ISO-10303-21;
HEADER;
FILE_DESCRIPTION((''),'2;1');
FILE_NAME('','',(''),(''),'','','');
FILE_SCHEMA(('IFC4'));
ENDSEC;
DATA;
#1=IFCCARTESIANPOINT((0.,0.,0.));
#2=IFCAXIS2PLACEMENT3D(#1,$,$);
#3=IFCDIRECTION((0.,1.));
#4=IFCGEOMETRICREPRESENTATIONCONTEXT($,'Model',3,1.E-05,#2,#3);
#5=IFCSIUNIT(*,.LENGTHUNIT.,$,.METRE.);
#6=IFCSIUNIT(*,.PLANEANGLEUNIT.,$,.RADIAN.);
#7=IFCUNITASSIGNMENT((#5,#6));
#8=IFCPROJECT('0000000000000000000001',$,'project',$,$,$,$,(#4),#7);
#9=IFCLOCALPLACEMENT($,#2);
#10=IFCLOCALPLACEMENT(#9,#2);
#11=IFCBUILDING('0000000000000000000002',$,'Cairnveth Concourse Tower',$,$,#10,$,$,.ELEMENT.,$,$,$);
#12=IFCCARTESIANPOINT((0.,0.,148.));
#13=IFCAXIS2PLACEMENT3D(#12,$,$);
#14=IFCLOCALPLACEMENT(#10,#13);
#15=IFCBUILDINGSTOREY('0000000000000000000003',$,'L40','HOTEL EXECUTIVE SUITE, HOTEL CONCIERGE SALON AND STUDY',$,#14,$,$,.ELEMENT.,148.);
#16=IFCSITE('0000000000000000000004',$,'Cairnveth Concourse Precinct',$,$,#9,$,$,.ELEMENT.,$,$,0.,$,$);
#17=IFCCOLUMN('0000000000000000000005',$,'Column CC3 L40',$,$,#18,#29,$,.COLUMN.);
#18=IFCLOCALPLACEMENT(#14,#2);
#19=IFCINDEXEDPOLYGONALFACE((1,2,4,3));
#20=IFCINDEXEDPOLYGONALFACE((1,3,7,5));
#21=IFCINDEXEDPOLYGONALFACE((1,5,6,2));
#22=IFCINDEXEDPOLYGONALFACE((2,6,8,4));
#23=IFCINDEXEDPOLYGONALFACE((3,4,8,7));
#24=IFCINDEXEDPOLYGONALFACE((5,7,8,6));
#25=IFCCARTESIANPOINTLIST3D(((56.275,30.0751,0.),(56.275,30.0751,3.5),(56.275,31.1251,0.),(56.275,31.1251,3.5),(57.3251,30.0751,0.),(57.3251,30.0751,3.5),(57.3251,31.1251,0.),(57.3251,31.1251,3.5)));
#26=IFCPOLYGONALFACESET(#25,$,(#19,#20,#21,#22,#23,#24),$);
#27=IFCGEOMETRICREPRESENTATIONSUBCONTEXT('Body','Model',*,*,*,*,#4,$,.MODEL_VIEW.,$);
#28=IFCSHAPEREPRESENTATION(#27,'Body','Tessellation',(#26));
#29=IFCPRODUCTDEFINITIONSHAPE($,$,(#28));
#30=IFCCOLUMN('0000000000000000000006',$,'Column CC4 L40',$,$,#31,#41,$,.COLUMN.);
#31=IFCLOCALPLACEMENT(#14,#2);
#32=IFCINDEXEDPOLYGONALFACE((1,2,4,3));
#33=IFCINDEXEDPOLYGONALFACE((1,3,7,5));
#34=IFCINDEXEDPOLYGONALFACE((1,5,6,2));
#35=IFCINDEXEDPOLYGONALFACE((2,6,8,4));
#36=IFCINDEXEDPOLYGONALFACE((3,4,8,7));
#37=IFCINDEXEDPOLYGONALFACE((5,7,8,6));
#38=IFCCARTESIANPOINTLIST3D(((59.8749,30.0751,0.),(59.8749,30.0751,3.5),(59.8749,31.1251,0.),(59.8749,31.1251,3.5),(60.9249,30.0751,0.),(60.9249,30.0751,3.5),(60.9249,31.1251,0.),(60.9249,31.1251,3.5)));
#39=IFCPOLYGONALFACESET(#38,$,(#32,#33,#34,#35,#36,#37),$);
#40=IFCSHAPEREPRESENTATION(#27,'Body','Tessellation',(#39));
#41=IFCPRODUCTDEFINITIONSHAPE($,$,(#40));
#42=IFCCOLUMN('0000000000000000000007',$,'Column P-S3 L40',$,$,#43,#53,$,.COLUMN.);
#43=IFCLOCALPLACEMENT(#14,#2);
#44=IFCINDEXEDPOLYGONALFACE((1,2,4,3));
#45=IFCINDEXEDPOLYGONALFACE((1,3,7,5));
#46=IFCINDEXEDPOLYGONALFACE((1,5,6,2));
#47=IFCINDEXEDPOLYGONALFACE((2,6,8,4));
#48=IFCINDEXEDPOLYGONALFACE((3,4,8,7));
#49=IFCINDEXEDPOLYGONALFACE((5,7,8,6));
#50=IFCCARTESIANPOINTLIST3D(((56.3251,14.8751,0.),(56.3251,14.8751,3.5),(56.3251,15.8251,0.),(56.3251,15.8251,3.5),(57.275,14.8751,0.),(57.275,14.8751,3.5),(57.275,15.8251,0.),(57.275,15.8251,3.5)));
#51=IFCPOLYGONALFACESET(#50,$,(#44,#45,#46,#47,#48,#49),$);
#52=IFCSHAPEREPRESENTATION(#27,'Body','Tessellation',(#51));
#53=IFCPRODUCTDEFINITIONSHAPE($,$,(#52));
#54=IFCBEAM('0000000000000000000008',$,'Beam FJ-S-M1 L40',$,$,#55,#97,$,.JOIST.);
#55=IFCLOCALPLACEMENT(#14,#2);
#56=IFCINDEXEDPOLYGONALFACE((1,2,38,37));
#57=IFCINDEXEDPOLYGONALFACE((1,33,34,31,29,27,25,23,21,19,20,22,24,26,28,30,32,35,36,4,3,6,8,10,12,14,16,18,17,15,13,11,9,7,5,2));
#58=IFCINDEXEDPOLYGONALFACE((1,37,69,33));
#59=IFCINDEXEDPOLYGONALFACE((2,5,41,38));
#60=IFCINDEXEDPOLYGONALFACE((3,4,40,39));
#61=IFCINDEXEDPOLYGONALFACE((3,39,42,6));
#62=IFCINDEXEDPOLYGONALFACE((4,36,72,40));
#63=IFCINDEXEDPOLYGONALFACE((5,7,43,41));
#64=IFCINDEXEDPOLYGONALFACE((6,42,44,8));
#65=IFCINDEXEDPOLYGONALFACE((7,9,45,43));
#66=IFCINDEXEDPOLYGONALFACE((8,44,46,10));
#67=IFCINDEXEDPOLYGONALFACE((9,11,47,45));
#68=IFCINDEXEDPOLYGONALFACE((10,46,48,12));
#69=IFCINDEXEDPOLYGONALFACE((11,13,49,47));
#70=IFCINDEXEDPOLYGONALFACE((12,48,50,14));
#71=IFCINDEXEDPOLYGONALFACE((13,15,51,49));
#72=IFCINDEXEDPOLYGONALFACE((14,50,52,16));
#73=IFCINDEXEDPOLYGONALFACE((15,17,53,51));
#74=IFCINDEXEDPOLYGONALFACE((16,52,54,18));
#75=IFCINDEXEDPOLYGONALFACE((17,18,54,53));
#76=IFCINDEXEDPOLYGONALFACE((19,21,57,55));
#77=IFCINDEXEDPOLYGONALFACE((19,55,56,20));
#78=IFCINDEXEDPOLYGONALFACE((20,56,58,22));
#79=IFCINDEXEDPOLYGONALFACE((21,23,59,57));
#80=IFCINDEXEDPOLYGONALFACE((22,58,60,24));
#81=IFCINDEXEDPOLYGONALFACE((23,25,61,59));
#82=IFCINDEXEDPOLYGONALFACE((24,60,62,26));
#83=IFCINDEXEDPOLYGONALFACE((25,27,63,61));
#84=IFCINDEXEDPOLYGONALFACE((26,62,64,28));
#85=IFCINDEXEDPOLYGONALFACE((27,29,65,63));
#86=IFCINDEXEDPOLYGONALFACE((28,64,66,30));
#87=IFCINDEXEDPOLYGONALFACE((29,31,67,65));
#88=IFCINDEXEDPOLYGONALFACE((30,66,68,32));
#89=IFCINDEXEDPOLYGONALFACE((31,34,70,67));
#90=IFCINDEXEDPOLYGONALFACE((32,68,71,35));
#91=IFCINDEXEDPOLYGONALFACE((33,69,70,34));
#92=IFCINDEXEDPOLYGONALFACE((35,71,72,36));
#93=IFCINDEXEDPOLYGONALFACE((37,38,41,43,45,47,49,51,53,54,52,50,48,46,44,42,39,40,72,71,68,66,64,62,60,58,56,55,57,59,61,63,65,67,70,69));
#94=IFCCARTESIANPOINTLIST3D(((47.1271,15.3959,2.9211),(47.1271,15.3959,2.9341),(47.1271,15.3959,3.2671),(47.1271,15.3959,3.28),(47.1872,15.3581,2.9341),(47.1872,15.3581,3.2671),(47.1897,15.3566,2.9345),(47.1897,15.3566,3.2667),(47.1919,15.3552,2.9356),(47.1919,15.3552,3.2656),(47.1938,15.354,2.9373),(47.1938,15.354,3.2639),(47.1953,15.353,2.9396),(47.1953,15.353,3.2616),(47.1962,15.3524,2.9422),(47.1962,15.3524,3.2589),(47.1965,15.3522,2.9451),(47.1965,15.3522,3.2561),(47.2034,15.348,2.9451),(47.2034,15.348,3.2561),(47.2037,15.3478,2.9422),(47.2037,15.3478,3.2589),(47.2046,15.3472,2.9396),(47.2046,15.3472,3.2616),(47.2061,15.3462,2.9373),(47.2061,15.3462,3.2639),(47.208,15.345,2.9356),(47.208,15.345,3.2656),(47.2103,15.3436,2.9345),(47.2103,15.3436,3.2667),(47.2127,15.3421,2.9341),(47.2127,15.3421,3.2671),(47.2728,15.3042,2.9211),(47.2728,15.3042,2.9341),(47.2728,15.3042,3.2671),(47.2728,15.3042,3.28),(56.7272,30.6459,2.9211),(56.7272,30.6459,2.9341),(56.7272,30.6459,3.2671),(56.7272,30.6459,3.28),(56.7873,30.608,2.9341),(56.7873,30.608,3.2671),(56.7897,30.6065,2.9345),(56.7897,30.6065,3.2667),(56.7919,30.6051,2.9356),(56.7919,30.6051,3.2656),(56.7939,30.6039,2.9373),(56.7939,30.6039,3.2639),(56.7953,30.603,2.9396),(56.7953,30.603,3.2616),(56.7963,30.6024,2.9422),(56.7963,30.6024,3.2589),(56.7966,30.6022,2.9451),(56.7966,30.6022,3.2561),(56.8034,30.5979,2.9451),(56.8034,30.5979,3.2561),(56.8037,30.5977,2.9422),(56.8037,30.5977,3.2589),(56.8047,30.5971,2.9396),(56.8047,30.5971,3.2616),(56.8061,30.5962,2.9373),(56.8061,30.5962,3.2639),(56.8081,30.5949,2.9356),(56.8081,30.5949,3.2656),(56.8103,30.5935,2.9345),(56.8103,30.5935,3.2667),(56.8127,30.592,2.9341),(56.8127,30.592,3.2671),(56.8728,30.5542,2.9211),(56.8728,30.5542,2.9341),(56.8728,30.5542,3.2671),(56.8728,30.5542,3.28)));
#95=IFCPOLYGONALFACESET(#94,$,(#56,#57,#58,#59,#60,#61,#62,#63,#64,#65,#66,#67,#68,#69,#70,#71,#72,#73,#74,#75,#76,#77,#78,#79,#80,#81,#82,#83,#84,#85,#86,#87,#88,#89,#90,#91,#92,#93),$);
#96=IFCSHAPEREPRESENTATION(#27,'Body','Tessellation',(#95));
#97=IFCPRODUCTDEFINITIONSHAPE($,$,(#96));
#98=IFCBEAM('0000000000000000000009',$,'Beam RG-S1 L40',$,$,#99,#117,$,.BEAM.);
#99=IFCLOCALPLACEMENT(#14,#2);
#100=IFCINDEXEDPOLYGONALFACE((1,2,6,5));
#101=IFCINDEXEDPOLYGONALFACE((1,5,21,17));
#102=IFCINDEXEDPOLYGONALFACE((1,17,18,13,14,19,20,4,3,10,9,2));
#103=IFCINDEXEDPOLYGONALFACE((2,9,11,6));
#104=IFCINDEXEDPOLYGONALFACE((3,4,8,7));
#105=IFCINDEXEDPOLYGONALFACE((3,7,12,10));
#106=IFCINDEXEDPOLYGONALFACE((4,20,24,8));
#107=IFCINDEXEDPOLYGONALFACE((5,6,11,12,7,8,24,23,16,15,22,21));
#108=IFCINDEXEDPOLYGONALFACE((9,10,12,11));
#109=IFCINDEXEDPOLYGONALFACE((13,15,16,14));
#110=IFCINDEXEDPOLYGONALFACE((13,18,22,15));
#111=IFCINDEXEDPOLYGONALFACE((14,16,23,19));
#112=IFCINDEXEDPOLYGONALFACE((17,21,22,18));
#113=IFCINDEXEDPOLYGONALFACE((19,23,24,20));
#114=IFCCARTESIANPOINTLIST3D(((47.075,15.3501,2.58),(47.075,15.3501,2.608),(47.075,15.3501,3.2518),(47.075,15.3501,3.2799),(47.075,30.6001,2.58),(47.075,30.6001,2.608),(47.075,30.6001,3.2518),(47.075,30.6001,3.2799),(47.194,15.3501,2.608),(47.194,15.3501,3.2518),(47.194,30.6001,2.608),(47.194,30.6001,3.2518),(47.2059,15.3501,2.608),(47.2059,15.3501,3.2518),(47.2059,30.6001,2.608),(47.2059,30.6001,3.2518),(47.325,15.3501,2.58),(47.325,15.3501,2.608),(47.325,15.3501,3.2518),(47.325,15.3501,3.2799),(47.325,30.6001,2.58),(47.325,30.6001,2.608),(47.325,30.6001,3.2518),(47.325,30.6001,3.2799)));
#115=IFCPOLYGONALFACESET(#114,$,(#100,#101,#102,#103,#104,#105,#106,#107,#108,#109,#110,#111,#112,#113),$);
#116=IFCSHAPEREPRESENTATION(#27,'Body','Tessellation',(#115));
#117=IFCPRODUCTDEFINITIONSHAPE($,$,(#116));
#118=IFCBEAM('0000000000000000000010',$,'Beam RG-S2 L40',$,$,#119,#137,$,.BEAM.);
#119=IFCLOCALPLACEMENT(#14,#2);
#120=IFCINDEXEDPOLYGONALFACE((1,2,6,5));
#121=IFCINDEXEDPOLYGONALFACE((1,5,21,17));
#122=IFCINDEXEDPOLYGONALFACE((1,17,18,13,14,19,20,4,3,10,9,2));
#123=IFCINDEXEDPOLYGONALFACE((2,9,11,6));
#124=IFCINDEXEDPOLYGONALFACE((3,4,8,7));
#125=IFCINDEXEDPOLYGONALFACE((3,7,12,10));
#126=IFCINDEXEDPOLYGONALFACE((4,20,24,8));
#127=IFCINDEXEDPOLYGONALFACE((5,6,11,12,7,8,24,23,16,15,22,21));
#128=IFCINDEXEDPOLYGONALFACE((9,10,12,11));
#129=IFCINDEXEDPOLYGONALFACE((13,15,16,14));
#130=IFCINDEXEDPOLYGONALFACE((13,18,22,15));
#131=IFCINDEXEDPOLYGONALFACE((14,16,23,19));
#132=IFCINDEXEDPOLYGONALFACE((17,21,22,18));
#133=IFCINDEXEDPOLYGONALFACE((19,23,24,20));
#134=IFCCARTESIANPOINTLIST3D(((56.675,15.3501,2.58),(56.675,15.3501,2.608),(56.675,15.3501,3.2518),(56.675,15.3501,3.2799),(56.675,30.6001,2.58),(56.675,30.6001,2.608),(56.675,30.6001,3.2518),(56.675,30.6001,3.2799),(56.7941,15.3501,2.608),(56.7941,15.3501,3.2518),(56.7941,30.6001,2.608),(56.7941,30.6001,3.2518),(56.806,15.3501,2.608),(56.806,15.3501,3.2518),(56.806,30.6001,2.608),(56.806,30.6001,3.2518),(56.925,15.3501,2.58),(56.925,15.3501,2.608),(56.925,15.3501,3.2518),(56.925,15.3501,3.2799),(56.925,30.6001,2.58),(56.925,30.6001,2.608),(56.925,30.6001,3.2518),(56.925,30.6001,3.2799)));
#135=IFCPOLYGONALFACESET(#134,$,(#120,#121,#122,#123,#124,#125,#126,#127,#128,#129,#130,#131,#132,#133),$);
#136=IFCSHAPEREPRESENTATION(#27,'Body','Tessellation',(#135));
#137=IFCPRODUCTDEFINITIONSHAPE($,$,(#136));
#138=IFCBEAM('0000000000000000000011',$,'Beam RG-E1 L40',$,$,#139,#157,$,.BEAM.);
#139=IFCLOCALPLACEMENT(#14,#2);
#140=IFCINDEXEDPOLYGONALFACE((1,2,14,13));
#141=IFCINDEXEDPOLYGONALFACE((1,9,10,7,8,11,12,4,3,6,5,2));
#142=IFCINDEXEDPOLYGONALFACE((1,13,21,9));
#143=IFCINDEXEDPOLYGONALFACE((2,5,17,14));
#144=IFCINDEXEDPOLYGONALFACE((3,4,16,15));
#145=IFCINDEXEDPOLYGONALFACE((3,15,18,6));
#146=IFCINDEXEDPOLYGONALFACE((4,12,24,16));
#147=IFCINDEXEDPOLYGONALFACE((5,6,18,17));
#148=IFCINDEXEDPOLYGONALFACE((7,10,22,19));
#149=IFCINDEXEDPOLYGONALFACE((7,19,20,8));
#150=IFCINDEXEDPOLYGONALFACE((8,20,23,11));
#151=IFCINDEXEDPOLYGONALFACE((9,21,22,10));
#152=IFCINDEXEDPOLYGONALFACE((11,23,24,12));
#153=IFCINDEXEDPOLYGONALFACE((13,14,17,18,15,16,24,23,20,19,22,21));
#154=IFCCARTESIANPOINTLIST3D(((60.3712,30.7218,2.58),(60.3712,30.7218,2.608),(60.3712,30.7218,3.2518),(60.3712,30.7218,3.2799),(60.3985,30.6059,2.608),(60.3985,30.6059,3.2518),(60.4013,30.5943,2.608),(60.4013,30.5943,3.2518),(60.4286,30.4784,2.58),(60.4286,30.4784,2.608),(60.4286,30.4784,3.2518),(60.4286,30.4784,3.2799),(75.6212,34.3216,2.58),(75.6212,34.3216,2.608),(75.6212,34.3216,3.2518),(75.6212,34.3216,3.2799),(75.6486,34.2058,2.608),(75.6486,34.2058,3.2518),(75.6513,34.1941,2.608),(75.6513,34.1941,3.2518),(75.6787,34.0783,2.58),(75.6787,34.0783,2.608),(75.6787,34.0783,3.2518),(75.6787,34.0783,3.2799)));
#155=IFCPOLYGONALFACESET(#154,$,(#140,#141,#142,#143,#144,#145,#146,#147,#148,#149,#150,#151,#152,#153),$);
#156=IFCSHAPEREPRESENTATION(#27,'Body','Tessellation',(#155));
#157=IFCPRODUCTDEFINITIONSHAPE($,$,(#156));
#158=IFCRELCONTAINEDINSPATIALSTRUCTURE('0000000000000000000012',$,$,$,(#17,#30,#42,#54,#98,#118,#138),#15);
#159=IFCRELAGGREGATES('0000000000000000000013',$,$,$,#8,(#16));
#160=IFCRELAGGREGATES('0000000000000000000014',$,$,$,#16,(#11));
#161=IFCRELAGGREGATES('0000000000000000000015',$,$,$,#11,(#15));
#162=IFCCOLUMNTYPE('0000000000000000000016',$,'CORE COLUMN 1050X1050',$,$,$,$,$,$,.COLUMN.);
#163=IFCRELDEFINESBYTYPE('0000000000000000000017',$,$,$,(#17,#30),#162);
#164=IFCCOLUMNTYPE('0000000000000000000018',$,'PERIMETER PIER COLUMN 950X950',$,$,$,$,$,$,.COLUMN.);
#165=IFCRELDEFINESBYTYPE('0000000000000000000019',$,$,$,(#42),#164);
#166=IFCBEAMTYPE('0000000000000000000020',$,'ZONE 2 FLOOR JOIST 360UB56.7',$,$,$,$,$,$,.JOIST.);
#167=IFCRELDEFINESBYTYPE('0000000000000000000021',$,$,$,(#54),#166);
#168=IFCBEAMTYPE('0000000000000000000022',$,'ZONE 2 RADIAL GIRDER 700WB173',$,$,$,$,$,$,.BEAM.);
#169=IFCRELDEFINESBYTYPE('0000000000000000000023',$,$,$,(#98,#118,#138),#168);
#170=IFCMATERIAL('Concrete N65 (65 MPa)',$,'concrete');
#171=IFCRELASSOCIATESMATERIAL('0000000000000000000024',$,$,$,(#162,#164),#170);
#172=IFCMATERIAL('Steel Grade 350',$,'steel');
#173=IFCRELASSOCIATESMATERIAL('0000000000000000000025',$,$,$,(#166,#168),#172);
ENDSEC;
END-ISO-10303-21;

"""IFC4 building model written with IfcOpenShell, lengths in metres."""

from ifc_helpers import new_model, si_unit, direction, frame, origin, origin_2d, place, context, subcontext, project, spatial, rectangle, i_section, extrude, material, material_profile, profile_set, type_object, element, save


model = new_model("IFC4")

# Units and contexts
model_context = context("Model", 3, precision=1e-05, world=origin(), true_north=direction((0.0, 1.0)))
body_context = subcontext(model_context, "Body", "Model", "MODEL_VIEW")
ifc_project = project(units=[si_unit("LENGTHUNIT", "METRE"), si_unit("PLANEANGLEUNIT", "RADIAN")], contexts=[model_context])

# Site, building, storey
site_placement = place(None, origin())
site = spatial("IfcSite", under=ifc_project, at=site_placement, Name="Cairnveth Concourse Precinct", CompositionType="ELEMENT", RefElevation=0.0)
building_placement = place(site_placement, origin())
building = spatial("IfcBuilding", under=site, at=building_placement, Name="Cairnveth Concourse Tower", CompositionType="ELEMENT")
storey_placement = place(building_placement, frame((0.0, 0.0, 148.0)))
storey = spatial("IfcBuildingStorey", under=building, at=storey_placement, Name="L40", Description="HOTEL EXECUTIVE SUITE, HOTEL CONCIERGE SALON AND STUDY", CompositionType="ELEMENT", Elevation=148.0)

# Columns
ifc_material_1 = material(Name="Concrete N65 (65 MPa)", Category="concrete")
ifc_material_profile_1 = material_profile(ifc_material_1, rectangle(XDim=1.05, YDim=1.05, at=origin_2d()), Name="RC-COL-1050x1050")
ifc_profile_set_1 = profile_set([ifc_material_profile_1], Name="Concrete N65 (65 MPa)")
column_type_1 = type_object("IfcColumnType", Name="CORE COLUMN 1050X1050", PredefinedType="COLUMN", material=ifc_profile_set_1)
for number, where, z_axis, x_axis, name in (
    (1, (56.8, 30.6001, 0.0), (0.0, 0.0, 1.0), (1.0, 0.0, 0.0), "Column CC3 L40"),
    (2, (60.3999, 30.6001, 0.0), (0.0, 0.0, 1.0), (1.0, 0.0, 0.0), "Column CC4 L40"),
):
    element("IfcColumn", number, at=place(storey_placement, frame(where, z_axis=z_axis, x_axis=x_axis)), inside=storey, type_object=column_type_1, Name=name, PredefinedType="COLUMN", context=body_context, shape_type="SweptSolid", body=[
        extrude(rectangle(XDim=1.05, YDim=1.05, at=origin_2d()), origin(), (0.0, 0.0, 1.0), 3.5),
    ])
ifc_material_profile_2 = material_profile(ifc_material_1, rectangle(XDim=0.95, YDim=0.95, at=origin_2d()), Name="RC-COL-950x950")
ifc_profile_set_2 = profile_set([ifc_material_profile_2], Name="Concrete N65 (65 MPa)")
column_type_2 = type_object("IfcColumnType", Name="PERIMETER PIER COLUMN 950X950", PredefinedType="COLUMN", material=ifc_profile_set_2)
column_placement = place(storey_placement, frame((56.8, 15.3501, 0.0), z_axis=(0.0, 0.0, 1.0), x_axis=(1.0, 0.0, 0.0)))
element("IfcColumn", 3, at=column_placement, inside=storey, type_object=column_type_2, Name="Column P-S3 L40", PredefinedType="COLUMN", context=body_context, shape_type="SweptSolid", body=[
    extrude(rectangle(XDim=0.95, YDim=0.95, at=origin_2d()), origin(), (0.0, 0.0, 1.0), 3.5),
])

# Beams
ifc_material_2 = material(Name="Steel Grade 350", Category="steel")
ifc_material_profile_3 = material_profile(ifc_material_2, i_section(OverallWidth=0.1721, OverallDepth=0.3589, WebThickness=0.0081, FlangeThickness=0.0129, FilletRadius=0.011, at=origin_2d()), Name="360UB56.7")
ifc_profile_set_3 = profile_set([ifc_material_profile_3], Name="Steel Grade 350")
beam_type_1 = type_object("IfcBeamType", Name="ZONE 2 FLOOR JOIST 360UB56.7", PredefinedType="JOIST", material=ifc_profile_set_3)
beam_1_placement = place(storey_placement, frame((47.2, 15.3501, 3.1006), z_axis=(0.532744, 0.846277, 0.0), x_axis=(-0.846277, 0.532744, 0.0)))
element("IfcBeam", 4, at=beam_1_placement, inside=storey, type_object=beam_type_1, Name="Beam FJ-S-M1 L40", PredefinedType="JOIST", context=body_context, shape_type="SweptSolid", body=[
    extrude(i_section(OverallWidth=0.1721, OverallDepth=0.3589, WebThickness=0.0081, FlangeThickness=0.0129, FilletRadius=0.011, at=origin_2d()), origin(), (0.0, 0.0, 1.0), 18.02),
])
ifc_material_profile_4 = material_profile(ifc_material_2, i_section(OverallWidth=0.25, OverallDepth=0.7, WebThickness=0.012, FlangeThickness=0.0281, at=origin_2d()), Name="700WB173")
ifc_profile_set_4 = profile_set([ifc_material_profile_4], Name="Steel Grade 350")
beam_type_2 = type_object("IfcBeamType", Name="ZONE 2 RADIAL GIRDER 700WB173", PredefinedType="BEAM", material=ifc_profile_set_4)
for number, where, z_axis, x_axis, name in (
    (5, (47.2, 15.3501, 2.9299), (0.0, 1.0, 0.0), (-1.0, 0.0, 0.0), "Beam RG-S1 L40"),
    (6, (56.8, 15.3501, 2.9299), (0.0, 1.0, 0.0), (-1.0, 0.0, 0.0), "Beam RG-S2 L40"),
):
    element("IfcBeam", number, at=place(storey_placement, frame(where, z_axis=z_axis, x_axis=x_axis)), inside=storey, type_object=beam_type_2, Name=name, PredefinedType="BEAM", context=body_context, shape_type="SweptSolid", body=[
        extrude(i_section(OverallWidth=0.25, OverallDepth=0.7, WebThickness=0.012, FlangeThickness=0.0281, at=origin_2d()), origin(), (0.0, 0.0, 1.0), 15.25),
    ])
beam_2_placement = place(storey_placement, frame((60.3999, 30.6001, 2.9299), z_axis=(0.973252, 0.229742, 0.0), x_axis=(-0.229742, 0.973252, 0.0)))
element("IfcBeam", 7, at=beam_2_placement, inside=storey, type_object=beam_type_2, Name="Beam RG-E1 L40", PredefinedType="BEAM", context=body_context, shape_type="SweptSolid", body=[
    extrude(i_section(OverallWidth=0.25, OverallDepth=0.7, WebThickness=0.012, FlangeThickness=0.0281, at=origin_2d()), origin(), (0.0, 0.0, 1.0), 15.6692),
])

save(model, "model.ifc")
